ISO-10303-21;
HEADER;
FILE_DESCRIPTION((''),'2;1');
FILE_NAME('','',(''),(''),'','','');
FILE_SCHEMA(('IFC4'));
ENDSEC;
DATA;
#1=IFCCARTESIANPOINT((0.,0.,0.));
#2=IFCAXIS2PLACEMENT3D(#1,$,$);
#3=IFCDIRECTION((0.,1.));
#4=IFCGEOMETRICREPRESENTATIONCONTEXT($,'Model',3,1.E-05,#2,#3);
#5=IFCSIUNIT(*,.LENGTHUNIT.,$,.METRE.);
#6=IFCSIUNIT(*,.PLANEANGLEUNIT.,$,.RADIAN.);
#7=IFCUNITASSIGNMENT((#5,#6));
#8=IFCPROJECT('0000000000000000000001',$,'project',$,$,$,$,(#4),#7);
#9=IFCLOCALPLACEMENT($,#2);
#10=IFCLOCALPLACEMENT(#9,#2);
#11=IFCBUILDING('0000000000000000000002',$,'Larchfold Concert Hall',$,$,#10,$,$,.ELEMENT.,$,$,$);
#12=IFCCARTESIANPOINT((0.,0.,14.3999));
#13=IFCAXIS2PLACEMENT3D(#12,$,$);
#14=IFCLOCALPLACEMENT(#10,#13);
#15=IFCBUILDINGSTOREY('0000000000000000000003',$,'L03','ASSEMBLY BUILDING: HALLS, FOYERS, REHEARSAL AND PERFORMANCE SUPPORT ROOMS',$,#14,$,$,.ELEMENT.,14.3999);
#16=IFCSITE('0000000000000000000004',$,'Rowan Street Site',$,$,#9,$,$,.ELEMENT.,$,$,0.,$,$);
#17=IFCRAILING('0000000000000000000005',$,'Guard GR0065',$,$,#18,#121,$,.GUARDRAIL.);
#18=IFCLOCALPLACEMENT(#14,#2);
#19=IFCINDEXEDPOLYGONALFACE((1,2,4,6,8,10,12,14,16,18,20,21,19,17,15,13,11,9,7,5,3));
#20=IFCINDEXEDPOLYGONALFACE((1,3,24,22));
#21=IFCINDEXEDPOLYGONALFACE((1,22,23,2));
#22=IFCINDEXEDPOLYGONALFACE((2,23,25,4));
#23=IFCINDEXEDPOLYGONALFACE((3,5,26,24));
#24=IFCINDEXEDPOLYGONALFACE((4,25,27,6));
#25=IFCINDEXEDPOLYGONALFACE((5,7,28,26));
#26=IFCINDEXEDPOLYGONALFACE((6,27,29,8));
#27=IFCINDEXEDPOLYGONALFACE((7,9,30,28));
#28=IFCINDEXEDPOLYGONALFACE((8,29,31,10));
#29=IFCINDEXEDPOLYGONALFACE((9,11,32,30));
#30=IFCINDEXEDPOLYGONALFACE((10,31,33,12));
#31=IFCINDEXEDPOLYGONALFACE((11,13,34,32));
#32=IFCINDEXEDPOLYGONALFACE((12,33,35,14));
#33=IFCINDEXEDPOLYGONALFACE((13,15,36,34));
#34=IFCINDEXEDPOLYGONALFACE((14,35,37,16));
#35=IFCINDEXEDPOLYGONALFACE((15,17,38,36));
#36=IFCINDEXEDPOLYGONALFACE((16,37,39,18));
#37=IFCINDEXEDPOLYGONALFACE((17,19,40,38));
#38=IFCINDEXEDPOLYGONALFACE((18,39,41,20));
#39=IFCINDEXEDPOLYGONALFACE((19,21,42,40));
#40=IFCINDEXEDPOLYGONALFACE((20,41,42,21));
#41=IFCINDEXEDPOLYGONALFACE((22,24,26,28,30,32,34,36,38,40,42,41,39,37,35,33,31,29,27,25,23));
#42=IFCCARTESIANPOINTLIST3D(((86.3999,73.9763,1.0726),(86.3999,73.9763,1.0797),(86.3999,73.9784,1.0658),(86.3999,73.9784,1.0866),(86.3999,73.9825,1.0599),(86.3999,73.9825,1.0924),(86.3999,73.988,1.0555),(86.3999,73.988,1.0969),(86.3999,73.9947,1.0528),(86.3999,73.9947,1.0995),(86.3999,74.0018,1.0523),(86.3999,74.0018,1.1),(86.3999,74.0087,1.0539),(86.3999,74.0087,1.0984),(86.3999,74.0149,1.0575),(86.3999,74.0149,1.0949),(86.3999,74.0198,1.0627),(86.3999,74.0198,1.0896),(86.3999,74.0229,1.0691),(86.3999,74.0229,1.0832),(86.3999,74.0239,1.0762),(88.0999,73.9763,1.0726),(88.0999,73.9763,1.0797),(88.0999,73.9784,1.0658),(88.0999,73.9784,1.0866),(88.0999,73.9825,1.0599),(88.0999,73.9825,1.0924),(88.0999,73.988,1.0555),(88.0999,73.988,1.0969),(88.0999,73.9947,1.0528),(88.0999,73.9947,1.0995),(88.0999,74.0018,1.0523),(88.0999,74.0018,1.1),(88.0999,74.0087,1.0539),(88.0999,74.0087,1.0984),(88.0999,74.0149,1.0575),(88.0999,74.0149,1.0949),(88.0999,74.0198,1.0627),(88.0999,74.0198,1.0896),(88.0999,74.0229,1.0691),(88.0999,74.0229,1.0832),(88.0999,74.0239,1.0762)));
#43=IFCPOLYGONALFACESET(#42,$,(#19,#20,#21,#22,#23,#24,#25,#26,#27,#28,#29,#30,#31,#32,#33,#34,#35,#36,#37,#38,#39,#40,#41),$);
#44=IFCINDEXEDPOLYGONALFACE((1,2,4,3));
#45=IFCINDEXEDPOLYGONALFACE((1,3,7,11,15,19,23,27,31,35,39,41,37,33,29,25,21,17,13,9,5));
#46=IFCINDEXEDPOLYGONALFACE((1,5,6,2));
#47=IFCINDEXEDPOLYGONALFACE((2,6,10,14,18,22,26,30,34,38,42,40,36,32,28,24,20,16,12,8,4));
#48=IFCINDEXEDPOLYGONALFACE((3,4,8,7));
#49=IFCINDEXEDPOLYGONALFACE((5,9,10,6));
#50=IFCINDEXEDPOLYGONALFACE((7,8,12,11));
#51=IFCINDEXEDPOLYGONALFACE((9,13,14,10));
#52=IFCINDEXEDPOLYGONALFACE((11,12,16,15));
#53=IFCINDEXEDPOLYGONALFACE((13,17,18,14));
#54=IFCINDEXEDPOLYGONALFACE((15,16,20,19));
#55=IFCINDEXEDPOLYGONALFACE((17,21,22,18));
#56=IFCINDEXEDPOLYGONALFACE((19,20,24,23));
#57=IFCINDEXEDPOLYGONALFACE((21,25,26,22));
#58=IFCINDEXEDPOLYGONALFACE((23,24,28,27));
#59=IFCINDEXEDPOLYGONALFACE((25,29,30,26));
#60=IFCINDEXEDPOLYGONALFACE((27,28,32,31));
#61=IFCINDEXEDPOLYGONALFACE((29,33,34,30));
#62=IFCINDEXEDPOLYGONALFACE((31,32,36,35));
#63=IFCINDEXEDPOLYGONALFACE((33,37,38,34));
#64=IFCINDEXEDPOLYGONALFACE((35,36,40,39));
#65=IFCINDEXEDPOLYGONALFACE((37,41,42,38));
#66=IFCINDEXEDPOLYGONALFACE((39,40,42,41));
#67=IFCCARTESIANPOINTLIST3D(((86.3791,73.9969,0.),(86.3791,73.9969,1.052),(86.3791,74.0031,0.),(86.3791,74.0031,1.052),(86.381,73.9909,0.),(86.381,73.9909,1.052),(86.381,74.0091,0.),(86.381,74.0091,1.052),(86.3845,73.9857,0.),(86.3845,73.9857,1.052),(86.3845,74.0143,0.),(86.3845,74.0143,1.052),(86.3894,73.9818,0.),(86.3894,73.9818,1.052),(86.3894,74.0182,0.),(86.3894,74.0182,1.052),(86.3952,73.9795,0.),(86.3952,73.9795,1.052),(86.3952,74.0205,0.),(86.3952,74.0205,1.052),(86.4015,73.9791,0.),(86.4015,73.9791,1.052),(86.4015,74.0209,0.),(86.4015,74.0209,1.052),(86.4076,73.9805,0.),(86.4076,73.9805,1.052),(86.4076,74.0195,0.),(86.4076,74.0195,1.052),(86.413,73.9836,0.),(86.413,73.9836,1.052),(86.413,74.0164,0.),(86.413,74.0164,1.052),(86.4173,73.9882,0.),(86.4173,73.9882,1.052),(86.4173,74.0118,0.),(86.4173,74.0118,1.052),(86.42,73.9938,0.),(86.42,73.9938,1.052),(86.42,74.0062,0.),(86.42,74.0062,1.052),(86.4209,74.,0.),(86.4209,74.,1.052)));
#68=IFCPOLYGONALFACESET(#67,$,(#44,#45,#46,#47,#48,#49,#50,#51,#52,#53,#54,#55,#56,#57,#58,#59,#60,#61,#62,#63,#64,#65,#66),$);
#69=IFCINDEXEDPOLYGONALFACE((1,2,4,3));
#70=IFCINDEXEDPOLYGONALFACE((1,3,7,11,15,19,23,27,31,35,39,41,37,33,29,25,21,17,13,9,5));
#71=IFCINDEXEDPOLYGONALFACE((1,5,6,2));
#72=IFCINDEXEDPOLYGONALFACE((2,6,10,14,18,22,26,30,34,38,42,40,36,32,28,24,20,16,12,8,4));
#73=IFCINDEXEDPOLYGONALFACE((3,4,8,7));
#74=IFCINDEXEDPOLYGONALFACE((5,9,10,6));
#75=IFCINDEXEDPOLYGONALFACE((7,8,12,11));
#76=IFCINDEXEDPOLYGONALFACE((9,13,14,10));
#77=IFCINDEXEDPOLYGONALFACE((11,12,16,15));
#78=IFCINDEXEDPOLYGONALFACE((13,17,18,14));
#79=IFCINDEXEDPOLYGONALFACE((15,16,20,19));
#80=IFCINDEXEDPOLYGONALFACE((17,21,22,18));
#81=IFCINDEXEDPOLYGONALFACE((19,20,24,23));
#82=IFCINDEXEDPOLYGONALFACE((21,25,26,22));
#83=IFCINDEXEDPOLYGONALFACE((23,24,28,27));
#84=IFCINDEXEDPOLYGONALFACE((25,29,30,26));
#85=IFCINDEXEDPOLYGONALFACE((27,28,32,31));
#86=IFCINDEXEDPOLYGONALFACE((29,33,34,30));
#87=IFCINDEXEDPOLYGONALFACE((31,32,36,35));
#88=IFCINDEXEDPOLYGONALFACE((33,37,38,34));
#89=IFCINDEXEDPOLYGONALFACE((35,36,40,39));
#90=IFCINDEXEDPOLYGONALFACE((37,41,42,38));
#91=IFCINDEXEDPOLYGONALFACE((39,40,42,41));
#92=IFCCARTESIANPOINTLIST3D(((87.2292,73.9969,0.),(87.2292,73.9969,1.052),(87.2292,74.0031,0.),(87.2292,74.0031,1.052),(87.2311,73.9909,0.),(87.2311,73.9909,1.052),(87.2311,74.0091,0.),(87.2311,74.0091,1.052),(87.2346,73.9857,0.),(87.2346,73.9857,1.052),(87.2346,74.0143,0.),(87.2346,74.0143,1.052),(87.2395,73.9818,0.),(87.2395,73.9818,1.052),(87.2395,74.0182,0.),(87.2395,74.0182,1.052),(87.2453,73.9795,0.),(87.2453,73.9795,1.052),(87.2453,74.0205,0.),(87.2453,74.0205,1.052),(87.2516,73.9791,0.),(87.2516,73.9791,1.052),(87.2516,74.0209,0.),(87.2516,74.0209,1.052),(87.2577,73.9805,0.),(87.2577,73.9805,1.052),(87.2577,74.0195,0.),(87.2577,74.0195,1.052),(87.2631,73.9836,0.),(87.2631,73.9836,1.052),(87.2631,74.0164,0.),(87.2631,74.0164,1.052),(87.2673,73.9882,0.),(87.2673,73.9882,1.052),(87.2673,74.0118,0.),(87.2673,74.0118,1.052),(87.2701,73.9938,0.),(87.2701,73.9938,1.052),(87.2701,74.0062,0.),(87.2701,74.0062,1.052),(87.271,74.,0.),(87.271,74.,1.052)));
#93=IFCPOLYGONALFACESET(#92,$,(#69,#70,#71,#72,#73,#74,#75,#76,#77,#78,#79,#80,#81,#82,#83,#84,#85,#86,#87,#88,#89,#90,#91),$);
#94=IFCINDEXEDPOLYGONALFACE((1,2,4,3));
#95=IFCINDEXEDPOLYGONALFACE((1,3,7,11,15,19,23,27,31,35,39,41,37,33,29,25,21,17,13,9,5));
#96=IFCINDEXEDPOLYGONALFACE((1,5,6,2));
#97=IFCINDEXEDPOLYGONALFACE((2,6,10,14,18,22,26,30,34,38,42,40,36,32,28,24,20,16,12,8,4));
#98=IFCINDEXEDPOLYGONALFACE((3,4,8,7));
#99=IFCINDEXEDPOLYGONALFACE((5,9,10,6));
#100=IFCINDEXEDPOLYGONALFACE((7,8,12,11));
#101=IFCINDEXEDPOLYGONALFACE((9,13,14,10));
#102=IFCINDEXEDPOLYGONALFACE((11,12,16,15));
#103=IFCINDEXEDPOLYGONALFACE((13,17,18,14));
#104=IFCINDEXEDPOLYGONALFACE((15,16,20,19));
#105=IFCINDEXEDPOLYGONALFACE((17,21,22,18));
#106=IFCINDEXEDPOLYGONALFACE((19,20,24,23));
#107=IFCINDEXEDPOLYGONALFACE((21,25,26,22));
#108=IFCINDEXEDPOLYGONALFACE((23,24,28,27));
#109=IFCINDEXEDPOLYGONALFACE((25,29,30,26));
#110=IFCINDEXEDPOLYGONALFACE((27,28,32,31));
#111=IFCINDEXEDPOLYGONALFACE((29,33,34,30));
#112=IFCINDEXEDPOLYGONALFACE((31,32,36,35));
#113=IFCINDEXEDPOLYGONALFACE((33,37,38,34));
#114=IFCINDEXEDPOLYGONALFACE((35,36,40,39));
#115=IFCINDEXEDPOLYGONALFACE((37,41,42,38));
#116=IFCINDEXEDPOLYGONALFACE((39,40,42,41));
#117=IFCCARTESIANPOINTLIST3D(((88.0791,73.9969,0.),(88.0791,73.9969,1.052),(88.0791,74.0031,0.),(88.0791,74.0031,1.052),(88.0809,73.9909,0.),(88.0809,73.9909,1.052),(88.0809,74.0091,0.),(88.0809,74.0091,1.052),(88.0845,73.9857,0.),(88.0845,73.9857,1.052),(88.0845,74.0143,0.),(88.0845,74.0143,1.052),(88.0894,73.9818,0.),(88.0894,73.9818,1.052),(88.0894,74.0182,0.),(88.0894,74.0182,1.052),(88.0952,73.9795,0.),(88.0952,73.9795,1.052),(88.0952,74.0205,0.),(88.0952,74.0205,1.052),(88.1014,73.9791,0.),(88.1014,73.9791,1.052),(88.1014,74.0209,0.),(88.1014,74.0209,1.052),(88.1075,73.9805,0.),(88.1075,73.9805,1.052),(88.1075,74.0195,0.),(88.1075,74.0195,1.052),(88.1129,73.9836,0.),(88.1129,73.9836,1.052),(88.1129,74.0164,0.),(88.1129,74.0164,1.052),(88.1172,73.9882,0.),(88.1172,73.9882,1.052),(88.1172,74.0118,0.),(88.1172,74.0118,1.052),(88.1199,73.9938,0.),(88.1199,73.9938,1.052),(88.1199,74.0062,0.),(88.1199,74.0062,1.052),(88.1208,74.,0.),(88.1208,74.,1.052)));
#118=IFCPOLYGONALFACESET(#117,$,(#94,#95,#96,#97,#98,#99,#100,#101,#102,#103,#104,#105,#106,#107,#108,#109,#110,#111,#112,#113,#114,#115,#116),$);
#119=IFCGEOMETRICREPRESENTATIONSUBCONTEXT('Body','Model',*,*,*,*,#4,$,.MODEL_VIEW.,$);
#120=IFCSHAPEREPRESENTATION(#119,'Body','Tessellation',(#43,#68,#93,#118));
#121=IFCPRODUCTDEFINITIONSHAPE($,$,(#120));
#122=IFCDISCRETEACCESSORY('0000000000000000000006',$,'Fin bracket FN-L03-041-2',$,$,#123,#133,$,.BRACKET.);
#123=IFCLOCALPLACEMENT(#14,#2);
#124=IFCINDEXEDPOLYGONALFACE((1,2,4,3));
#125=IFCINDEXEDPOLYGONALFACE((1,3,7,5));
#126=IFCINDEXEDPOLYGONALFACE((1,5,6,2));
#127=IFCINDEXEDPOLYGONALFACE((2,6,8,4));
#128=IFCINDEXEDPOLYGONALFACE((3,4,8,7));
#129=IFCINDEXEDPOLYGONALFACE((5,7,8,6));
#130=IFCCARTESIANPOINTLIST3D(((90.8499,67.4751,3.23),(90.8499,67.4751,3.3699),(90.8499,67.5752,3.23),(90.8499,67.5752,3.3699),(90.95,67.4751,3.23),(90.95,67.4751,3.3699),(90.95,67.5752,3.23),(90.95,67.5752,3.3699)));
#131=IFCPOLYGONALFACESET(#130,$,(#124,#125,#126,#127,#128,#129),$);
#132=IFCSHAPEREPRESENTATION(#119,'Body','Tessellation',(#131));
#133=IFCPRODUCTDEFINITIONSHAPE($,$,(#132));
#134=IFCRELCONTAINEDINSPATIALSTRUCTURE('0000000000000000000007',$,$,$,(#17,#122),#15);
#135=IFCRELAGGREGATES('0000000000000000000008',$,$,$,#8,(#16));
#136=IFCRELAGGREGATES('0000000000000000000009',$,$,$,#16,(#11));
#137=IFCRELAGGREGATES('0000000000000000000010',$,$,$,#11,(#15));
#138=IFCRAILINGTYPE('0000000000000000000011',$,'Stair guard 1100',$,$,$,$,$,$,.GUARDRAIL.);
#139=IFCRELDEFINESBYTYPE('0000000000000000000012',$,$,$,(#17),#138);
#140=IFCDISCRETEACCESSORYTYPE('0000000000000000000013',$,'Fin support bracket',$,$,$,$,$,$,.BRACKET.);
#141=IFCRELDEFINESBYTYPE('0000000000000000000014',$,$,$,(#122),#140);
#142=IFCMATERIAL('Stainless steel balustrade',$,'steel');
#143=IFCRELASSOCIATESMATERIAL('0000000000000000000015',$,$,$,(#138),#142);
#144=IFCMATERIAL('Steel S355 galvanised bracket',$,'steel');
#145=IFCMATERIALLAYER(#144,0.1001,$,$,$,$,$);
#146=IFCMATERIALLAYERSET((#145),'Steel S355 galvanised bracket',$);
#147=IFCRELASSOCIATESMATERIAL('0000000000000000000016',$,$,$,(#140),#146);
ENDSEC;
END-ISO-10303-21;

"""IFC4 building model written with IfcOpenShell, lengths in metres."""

from ifc_helpers import new_model, si_unit, direction, frame, origin, origin_2d, place, context, subcontext, project, spatial, rectangle, circle, extrude, material, layer, layer_set, type_object, element, save


model = new_model("IFC4")

# Units and contexts
model_context = context("Model", 3, precision=1e-05, world=origin(), true_north=direction((0.0, 1.0)))
body_context = subcontext(model_context, "Body", "Model", "MODEL_VIEW")
ifc_project = project(units=[si_unit("LENGTHUNIT", "METRE"), si_unit("PLANEANGLEUNIT", "RADIAN")], contexts=[model_context])

# Site, building, storey
site_placement = place(None, origin())
site = spatial("IfcSite", under=ifc_project, at=site_placement, Name="Rowan Street Site", CompositionType="ELEMENT", RefElevation=0.0)
building_placement = place(site_placement, origin())
building = spatial("IfcBuilding", under=site, at=building_placement, Name="Larchfold Concert Hall", CompositionType="ELEMENT")
storey_placement = place(building_placement, frame((0.0, 0.0, 14.3999)))
storey = spatial("IfcBuildingStorey", under=building, at=storey_placement, Name="L03", Description="ASSEMBLY BUILDING: HALLS, FOYERS, REHEARSAL AND PERFORMANCE SUPPORT ROOMS", CompositionType="ELEMENT", Elevation=14.3999)

# Railing
ifc_material_1 = material(Name="Stainless steel balustrade", Category="steel")
railing_type = type_object("IfcRailingType", Name="Stair guard 1100", PredefinedType="GUARDRAIL", material=ifc_material_1)
railing_placement = place(storey_placement, frame((86.3999, 74.0, 0.0)))
element("IfcRailing", 1, at=railing_placement, inside=storey, type_object=railing_type, Name="Guard GR0065", PredefinedType="GUARDRAIL", context=body_context, shape_type="SweptSolid", body=[
    extrude(circle(Radius=0.0239, at=origin_2d()), frame((0.0, 0.0, 1.0762), z_axis=(1.0, 0.0, 0.0), x_axis=(0.0, 1.0, 0.0)), (0.0, 0.0, 1.0), 1.7),
    extrude(circle(Radius=0.021, at=origin_2d()), origin(), (0.0, 0.0, 1.0), 1.052),
    extrude(circle(Radius=0.021, at=origin_2d()), frame((0.8501, 0.0, 0.0)), (0.0, 0.0, 1.0), 1.052),
    extrude(circle(Radius=0.021, at=origin_2d()), frame((1.7, 0.0, 0.0)), (0.0, 0.0, 1.0), 1.052),
])

# Discrete accessory
ifc_material_2 = material(Name="Steel S355 galvanised bracket", Category="steel")
ifc_layer_1 = layer(ifc_material_2, 0.1001)
ifc_layer_set_1 = layer_set([ifc_layer_1], Name="Steel S355 galvanised bracket")
discrete_accessory_type = type_object("IfcDiscreteAccessoryType", Name="Fin support bracket", PredefinedType="BRACKET", material=ifc_layer_set_1)
discrete_accessory_placement = place(storey_placement, frame((90.8999, 67.5251, 3.23), z_axis=(0.0, 0.0, 1.0), x_axis=(0.0, -1.0, 0.0)))
element("IfcDiscreteAccessory", 2, at=discrete_accessory_placement, inside=storey, type_object=discrete_accessory_type, Name="Fin bracket FN-L03-041-2", PredefinedType="BRACKET", context=body_context, shape_type="SweptSolid", body=[
    extrude(rectangle(XDim=0.1001, YDim=0.1001, at=origin_2d()), origin(), (0.0, 0.0, 1.0), 0.1399),
])

save(model, "model.ifc")
